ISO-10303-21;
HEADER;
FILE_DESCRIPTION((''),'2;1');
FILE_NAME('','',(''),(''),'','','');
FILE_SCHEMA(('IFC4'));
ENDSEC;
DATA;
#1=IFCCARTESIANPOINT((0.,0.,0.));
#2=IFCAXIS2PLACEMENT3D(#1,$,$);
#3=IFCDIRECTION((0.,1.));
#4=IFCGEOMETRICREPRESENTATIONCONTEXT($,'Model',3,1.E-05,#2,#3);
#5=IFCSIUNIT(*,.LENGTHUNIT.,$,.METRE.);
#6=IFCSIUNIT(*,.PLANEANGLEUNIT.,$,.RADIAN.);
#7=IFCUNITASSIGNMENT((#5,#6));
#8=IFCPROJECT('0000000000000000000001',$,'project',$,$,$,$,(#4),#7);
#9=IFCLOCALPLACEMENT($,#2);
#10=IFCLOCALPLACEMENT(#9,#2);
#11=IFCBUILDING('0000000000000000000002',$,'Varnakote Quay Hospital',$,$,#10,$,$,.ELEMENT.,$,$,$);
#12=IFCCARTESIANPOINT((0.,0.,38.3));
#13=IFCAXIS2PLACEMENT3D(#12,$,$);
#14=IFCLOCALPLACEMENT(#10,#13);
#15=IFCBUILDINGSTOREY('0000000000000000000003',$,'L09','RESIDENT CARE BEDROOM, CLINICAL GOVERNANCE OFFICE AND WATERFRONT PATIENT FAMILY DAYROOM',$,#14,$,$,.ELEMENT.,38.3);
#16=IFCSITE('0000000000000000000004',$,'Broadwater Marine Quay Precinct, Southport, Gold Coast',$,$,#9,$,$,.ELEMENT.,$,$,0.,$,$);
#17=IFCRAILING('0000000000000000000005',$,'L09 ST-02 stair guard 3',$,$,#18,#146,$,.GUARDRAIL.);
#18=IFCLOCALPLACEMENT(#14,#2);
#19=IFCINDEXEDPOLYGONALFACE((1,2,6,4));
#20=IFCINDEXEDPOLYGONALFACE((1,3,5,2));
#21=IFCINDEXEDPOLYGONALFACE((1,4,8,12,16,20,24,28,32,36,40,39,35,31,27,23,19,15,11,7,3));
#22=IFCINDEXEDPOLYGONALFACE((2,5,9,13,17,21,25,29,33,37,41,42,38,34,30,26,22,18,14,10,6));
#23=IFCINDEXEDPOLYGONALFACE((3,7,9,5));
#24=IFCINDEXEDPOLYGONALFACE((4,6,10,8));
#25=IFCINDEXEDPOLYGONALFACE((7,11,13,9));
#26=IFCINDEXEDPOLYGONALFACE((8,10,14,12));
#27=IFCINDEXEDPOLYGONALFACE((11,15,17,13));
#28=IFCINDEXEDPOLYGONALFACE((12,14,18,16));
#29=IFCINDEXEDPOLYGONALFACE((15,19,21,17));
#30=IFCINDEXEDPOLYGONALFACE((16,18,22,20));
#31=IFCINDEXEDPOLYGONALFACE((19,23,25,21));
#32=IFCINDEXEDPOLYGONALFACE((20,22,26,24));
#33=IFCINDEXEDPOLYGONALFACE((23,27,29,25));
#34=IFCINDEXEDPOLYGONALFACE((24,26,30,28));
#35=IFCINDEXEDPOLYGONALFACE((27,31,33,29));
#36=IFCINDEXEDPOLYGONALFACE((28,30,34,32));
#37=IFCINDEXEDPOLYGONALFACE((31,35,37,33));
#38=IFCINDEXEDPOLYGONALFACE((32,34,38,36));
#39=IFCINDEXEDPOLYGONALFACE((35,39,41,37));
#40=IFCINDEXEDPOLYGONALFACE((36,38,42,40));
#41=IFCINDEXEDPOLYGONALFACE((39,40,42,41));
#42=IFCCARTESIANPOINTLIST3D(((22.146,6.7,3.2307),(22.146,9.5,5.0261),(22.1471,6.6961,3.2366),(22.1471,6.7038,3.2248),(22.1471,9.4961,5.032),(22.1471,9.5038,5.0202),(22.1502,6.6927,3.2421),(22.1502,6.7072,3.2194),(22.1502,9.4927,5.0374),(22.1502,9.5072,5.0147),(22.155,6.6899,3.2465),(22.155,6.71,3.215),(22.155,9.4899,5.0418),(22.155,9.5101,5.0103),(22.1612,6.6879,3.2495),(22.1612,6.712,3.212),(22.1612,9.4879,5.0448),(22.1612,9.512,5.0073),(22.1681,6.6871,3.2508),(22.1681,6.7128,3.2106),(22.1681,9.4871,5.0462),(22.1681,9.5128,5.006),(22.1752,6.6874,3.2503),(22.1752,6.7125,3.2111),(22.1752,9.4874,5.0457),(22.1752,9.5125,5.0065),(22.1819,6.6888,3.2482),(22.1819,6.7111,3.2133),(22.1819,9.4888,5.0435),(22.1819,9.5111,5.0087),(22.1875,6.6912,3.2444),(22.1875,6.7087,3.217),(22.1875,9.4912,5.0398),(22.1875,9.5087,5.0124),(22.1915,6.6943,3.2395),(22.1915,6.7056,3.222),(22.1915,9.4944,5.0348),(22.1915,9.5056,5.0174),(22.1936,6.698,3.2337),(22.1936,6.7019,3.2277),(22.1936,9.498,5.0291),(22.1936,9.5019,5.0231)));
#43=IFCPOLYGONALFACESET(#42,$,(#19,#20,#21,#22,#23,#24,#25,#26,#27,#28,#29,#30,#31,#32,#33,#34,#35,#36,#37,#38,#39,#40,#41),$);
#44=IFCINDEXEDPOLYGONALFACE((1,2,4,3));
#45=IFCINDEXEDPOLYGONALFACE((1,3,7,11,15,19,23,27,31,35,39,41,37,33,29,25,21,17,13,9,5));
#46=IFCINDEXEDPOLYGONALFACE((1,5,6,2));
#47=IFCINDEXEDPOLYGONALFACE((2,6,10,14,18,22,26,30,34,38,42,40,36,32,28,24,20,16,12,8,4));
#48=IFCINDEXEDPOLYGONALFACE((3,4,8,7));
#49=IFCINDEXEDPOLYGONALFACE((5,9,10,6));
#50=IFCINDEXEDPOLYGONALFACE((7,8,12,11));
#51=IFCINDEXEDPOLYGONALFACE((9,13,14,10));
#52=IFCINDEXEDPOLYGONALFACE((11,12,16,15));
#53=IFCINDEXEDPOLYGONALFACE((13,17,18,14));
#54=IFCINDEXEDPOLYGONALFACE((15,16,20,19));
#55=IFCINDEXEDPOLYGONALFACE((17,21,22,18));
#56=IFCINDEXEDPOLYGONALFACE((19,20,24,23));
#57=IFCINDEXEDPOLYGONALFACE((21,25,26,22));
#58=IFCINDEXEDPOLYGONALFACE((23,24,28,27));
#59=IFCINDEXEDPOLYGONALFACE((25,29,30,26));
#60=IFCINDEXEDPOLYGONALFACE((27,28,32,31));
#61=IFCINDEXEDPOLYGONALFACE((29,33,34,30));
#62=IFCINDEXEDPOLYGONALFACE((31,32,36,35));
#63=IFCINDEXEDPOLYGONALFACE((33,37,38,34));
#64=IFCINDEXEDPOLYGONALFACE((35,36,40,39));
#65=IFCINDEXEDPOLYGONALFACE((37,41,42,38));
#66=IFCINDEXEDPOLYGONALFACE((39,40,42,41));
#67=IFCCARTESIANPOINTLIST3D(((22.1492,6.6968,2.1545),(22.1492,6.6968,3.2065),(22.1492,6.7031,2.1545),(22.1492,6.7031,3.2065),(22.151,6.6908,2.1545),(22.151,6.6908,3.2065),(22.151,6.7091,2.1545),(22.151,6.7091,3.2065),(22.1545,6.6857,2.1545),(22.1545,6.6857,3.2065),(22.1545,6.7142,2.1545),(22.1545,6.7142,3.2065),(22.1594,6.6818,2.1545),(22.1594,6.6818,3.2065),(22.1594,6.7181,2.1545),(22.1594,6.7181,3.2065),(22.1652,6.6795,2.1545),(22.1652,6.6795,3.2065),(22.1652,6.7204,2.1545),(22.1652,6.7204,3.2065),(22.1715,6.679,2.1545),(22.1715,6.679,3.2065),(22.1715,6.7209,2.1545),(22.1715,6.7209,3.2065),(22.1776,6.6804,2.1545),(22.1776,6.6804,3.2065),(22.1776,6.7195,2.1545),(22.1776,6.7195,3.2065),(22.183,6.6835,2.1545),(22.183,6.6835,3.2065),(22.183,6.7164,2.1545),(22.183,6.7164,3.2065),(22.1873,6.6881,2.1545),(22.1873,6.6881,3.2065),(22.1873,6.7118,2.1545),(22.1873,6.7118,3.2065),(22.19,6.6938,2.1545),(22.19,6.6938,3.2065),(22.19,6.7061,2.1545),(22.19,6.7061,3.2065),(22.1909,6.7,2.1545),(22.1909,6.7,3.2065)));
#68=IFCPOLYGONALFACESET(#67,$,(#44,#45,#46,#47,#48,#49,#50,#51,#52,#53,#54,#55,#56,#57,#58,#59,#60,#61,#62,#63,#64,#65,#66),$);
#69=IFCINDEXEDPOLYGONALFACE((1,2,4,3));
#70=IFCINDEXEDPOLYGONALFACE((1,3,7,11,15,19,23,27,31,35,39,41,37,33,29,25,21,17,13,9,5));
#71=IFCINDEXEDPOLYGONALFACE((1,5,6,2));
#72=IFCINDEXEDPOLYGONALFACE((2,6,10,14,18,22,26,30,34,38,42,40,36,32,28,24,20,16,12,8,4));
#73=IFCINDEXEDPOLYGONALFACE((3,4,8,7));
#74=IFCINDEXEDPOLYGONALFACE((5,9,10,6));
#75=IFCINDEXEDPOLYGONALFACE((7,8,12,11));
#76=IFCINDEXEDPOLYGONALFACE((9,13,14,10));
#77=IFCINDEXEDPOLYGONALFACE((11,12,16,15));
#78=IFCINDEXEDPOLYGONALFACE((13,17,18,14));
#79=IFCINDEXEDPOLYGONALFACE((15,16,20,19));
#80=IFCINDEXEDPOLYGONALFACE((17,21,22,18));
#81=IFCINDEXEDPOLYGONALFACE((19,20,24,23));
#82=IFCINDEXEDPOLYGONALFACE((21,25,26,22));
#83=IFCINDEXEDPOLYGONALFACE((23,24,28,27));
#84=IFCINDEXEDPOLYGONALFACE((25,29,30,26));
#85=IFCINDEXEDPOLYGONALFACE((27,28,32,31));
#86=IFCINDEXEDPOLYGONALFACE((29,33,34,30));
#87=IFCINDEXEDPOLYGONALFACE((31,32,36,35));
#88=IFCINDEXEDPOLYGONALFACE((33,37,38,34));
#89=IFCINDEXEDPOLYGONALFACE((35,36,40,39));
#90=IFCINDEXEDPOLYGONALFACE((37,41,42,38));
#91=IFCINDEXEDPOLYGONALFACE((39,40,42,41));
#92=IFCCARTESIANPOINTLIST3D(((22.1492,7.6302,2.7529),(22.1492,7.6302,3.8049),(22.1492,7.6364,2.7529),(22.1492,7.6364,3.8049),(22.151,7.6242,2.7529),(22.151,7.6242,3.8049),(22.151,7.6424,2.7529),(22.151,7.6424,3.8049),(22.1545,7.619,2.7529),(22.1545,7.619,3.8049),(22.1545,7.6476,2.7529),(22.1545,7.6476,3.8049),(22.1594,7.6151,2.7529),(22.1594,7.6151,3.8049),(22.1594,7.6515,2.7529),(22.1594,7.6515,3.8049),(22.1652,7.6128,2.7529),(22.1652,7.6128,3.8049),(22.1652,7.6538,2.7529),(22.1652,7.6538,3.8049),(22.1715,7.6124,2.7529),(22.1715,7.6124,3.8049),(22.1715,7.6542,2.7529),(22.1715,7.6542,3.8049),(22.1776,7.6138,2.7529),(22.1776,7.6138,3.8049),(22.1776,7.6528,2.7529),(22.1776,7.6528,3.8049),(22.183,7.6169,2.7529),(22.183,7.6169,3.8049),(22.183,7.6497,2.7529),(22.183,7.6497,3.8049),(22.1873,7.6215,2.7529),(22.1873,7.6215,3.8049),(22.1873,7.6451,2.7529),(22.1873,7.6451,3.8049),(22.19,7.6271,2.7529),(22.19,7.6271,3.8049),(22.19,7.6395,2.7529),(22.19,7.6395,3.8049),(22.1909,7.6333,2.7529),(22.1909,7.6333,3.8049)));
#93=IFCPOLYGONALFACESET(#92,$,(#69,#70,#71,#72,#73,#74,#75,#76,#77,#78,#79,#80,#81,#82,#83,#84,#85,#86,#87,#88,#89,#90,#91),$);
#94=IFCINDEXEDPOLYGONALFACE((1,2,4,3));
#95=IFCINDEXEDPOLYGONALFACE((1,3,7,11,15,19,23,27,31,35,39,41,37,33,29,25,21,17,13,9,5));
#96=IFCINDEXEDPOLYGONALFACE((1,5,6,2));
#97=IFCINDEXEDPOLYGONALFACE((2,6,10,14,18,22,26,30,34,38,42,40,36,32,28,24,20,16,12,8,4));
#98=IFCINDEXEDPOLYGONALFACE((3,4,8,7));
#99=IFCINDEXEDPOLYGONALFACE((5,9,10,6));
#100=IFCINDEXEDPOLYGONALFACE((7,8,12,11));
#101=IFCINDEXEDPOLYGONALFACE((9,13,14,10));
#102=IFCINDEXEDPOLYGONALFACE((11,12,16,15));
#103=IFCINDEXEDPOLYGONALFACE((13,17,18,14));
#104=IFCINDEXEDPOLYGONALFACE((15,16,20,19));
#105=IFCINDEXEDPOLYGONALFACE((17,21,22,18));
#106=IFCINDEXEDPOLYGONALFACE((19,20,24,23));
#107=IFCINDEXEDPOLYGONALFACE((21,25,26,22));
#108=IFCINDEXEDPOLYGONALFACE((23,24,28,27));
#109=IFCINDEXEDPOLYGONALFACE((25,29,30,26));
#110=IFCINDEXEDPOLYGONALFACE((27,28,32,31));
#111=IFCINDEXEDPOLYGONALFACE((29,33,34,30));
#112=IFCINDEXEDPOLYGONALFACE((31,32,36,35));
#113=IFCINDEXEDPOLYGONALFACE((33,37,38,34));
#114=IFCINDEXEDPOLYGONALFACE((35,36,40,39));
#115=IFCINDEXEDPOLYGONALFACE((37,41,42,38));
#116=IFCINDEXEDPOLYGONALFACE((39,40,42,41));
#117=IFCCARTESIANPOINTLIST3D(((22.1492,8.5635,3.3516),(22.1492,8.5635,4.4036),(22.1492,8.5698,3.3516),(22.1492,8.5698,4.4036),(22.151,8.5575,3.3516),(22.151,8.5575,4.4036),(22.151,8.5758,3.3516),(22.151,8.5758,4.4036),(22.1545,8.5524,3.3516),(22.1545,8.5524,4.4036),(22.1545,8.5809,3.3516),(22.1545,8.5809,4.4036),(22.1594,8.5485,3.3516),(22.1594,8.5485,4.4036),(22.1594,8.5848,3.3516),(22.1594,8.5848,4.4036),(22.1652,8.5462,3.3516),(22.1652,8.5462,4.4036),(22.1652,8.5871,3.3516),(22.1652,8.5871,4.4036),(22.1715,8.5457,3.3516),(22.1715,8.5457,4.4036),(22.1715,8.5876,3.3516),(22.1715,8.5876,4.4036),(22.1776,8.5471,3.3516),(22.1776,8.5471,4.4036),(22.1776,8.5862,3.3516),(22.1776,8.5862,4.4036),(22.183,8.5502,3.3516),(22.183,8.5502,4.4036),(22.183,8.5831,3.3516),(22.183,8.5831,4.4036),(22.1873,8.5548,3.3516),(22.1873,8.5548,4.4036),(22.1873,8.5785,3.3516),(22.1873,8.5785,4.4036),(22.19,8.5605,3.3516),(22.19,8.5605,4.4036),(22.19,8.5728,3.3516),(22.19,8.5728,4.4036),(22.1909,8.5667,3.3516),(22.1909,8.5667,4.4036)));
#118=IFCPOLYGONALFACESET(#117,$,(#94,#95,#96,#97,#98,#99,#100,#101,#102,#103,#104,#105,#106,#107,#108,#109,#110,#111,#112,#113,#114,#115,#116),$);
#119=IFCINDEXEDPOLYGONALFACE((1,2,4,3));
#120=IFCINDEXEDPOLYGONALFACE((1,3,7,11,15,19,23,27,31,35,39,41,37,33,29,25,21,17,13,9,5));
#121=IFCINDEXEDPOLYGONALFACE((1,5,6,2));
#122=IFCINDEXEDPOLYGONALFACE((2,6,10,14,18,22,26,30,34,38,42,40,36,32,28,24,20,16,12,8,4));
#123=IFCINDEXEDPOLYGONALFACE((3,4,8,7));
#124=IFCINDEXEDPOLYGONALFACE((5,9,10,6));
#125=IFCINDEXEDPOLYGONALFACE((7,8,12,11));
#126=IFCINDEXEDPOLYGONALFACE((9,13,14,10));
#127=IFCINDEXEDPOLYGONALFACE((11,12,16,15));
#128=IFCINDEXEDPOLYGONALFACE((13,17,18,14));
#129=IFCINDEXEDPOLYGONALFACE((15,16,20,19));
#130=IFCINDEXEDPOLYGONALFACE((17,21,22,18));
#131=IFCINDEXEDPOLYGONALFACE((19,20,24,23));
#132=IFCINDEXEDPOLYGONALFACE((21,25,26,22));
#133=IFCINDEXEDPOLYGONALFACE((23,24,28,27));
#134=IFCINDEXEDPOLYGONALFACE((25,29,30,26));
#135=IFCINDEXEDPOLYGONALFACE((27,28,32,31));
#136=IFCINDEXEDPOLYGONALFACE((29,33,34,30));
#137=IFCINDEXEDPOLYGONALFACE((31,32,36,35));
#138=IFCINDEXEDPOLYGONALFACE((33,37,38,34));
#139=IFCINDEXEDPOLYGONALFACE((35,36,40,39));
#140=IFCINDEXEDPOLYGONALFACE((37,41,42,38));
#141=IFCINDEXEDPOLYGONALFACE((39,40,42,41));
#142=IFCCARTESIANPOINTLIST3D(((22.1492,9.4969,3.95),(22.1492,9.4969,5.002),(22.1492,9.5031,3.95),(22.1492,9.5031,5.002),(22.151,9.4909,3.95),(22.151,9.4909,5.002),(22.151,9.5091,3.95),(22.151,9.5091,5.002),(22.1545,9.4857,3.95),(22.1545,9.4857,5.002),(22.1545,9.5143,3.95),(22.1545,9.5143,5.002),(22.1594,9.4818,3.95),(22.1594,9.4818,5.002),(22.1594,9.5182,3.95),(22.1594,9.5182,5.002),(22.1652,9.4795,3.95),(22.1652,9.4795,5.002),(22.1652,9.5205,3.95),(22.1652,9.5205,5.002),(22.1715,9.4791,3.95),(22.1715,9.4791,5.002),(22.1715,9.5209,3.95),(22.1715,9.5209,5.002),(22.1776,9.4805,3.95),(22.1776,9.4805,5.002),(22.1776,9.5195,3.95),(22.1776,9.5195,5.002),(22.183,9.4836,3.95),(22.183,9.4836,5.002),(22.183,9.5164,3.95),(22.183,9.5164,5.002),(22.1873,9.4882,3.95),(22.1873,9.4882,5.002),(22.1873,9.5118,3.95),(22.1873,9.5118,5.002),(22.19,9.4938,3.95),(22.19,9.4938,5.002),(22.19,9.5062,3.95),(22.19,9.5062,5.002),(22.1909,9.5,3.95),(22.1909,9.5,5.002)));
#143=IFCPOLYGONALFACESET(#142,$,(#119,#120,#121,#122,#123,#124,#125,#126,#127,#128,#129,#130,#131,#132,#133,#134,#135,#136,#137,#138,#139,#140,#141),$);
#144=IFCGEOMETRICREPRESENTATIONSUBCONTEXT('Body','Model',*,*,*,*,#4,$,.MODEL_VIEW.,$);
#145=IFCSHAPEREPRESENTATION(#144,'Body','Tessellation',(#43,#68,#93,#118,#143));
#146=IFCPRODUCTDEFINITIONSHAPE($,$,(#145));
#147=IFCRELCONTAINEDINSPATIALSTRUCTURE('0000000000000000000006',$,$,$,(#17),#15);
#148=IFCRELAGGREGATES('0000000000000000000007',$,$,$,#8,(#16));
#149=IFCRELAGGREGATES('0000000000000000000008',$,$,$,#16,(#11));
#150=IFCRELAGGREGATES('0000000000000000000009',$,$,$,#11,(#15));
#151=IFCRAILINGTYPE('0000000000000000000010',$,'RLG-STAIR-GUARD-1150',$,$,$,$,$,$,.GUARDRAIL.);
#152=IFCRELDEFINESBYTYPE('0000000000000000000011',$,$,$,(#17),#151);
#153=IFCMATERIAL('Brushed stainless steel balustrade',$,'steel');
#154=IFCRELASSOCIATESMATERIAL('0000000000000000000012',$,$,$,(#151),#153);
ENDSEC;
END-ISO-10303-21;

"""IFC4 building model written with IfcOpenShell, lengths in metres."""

from ifc_helpers import new_model, si_unit, direction, frame, origin, origin_2d, place, context, subcontext, project, spatial, circle, extrude, material, type_object, element, save


model = new_model("IFC4")

# Units and contexts
model_context = context("Model", 3, precision=1e-05, world=origin(), true_north=direction((0.0, 1.0)))
body_context = subcontext(model_context, "Body", "Model", "MODEL_VIEW")
ifc_project = project(units=[si_unit("LENGTHUNIT", "METRE"), si_unit("PLANEANGLEUNIT", "RADIAN")], contexts=[model_context])

# Site, building, storey
site_placement = place(None, origin())
site = spatial("IfcSite", under=ifc_project, at=site_placement, Name="Broadwater Marine Quay Precinct, Southport, Gold Coast", CompositionType="ELEMENT", RefElevation=0.0)
building_placement = place(site_placement, origin())
building = spatial("IfcBuilding", under=site, at=building_placement, Name="Varnakote Quay Hospital", CompositionType="ELEMENT")
storey_placement = place(building_placement, frame((0.0, 0.0, 38.3)))
storey = spatial("IfcBuildingStorey", under=building, at=storey_placement, Name="L09", Description="RESIDENT CARE BEDROOM, CLINICAL GOVERNANCE OFFICE AND WATERFRONT PATIENT FAMILY DAYROOM", CompositionType="ELEMENT", Elevation=38.3)

# Railing
ifc_material_1 = material(Name="Brushed stainless steel balustrade", Category="steel")
railing_type_1 = type_object("IfcRailingType", Name="RLG-STAIR-GUARD-1150", PredefinedType="GUARDRAIL", material=ifc_material_1)
railing_1_placement = place(storey_placement, frame((22.1699, 6.7, 2.1545)))
element("IfcRailing", 1, at=railing_1_placement, inside=storey, type_object=railing_type_1, Name="L09 ST-02 stair guard 3", PredefinedType="GUARDRAIL", context=body_context, shape_type="SweptSolid", body=[
    extrude(circle(Radius=0.0239, at=origin_2d()), frame((0.0, 0.0, 1.0762), z_axis=(0.0, 0.84181, 0.539774), x_axis=(-1.0, 0.0, 0.0)), (0.0, 0.0, 1.0), 3.3262),
    extrude(circle(Radius=0.021, at=origin_2d()), origin(), (0.0, 0.0, 1.0), 1.052),
    extrude(circle(Radius=0.021, at=origin_2d()), frame((0.0, 0.9333, 0.5984)), (0.0, 0.0, 1.0), 1.052),
    extrude(circle(Radius=0.021, at=origin_2d()), frame((0.0, 1.8667, 1.197)), (0.0, 0.0, 1.0), 1.052),
    extrude(circle(Radius=0.021, at=origin_2d()), frame((0.0, 2.8, 1.7954)), (0.0, 0.0, 1.0), 1.052),
])

save(model, "model.ifc")
